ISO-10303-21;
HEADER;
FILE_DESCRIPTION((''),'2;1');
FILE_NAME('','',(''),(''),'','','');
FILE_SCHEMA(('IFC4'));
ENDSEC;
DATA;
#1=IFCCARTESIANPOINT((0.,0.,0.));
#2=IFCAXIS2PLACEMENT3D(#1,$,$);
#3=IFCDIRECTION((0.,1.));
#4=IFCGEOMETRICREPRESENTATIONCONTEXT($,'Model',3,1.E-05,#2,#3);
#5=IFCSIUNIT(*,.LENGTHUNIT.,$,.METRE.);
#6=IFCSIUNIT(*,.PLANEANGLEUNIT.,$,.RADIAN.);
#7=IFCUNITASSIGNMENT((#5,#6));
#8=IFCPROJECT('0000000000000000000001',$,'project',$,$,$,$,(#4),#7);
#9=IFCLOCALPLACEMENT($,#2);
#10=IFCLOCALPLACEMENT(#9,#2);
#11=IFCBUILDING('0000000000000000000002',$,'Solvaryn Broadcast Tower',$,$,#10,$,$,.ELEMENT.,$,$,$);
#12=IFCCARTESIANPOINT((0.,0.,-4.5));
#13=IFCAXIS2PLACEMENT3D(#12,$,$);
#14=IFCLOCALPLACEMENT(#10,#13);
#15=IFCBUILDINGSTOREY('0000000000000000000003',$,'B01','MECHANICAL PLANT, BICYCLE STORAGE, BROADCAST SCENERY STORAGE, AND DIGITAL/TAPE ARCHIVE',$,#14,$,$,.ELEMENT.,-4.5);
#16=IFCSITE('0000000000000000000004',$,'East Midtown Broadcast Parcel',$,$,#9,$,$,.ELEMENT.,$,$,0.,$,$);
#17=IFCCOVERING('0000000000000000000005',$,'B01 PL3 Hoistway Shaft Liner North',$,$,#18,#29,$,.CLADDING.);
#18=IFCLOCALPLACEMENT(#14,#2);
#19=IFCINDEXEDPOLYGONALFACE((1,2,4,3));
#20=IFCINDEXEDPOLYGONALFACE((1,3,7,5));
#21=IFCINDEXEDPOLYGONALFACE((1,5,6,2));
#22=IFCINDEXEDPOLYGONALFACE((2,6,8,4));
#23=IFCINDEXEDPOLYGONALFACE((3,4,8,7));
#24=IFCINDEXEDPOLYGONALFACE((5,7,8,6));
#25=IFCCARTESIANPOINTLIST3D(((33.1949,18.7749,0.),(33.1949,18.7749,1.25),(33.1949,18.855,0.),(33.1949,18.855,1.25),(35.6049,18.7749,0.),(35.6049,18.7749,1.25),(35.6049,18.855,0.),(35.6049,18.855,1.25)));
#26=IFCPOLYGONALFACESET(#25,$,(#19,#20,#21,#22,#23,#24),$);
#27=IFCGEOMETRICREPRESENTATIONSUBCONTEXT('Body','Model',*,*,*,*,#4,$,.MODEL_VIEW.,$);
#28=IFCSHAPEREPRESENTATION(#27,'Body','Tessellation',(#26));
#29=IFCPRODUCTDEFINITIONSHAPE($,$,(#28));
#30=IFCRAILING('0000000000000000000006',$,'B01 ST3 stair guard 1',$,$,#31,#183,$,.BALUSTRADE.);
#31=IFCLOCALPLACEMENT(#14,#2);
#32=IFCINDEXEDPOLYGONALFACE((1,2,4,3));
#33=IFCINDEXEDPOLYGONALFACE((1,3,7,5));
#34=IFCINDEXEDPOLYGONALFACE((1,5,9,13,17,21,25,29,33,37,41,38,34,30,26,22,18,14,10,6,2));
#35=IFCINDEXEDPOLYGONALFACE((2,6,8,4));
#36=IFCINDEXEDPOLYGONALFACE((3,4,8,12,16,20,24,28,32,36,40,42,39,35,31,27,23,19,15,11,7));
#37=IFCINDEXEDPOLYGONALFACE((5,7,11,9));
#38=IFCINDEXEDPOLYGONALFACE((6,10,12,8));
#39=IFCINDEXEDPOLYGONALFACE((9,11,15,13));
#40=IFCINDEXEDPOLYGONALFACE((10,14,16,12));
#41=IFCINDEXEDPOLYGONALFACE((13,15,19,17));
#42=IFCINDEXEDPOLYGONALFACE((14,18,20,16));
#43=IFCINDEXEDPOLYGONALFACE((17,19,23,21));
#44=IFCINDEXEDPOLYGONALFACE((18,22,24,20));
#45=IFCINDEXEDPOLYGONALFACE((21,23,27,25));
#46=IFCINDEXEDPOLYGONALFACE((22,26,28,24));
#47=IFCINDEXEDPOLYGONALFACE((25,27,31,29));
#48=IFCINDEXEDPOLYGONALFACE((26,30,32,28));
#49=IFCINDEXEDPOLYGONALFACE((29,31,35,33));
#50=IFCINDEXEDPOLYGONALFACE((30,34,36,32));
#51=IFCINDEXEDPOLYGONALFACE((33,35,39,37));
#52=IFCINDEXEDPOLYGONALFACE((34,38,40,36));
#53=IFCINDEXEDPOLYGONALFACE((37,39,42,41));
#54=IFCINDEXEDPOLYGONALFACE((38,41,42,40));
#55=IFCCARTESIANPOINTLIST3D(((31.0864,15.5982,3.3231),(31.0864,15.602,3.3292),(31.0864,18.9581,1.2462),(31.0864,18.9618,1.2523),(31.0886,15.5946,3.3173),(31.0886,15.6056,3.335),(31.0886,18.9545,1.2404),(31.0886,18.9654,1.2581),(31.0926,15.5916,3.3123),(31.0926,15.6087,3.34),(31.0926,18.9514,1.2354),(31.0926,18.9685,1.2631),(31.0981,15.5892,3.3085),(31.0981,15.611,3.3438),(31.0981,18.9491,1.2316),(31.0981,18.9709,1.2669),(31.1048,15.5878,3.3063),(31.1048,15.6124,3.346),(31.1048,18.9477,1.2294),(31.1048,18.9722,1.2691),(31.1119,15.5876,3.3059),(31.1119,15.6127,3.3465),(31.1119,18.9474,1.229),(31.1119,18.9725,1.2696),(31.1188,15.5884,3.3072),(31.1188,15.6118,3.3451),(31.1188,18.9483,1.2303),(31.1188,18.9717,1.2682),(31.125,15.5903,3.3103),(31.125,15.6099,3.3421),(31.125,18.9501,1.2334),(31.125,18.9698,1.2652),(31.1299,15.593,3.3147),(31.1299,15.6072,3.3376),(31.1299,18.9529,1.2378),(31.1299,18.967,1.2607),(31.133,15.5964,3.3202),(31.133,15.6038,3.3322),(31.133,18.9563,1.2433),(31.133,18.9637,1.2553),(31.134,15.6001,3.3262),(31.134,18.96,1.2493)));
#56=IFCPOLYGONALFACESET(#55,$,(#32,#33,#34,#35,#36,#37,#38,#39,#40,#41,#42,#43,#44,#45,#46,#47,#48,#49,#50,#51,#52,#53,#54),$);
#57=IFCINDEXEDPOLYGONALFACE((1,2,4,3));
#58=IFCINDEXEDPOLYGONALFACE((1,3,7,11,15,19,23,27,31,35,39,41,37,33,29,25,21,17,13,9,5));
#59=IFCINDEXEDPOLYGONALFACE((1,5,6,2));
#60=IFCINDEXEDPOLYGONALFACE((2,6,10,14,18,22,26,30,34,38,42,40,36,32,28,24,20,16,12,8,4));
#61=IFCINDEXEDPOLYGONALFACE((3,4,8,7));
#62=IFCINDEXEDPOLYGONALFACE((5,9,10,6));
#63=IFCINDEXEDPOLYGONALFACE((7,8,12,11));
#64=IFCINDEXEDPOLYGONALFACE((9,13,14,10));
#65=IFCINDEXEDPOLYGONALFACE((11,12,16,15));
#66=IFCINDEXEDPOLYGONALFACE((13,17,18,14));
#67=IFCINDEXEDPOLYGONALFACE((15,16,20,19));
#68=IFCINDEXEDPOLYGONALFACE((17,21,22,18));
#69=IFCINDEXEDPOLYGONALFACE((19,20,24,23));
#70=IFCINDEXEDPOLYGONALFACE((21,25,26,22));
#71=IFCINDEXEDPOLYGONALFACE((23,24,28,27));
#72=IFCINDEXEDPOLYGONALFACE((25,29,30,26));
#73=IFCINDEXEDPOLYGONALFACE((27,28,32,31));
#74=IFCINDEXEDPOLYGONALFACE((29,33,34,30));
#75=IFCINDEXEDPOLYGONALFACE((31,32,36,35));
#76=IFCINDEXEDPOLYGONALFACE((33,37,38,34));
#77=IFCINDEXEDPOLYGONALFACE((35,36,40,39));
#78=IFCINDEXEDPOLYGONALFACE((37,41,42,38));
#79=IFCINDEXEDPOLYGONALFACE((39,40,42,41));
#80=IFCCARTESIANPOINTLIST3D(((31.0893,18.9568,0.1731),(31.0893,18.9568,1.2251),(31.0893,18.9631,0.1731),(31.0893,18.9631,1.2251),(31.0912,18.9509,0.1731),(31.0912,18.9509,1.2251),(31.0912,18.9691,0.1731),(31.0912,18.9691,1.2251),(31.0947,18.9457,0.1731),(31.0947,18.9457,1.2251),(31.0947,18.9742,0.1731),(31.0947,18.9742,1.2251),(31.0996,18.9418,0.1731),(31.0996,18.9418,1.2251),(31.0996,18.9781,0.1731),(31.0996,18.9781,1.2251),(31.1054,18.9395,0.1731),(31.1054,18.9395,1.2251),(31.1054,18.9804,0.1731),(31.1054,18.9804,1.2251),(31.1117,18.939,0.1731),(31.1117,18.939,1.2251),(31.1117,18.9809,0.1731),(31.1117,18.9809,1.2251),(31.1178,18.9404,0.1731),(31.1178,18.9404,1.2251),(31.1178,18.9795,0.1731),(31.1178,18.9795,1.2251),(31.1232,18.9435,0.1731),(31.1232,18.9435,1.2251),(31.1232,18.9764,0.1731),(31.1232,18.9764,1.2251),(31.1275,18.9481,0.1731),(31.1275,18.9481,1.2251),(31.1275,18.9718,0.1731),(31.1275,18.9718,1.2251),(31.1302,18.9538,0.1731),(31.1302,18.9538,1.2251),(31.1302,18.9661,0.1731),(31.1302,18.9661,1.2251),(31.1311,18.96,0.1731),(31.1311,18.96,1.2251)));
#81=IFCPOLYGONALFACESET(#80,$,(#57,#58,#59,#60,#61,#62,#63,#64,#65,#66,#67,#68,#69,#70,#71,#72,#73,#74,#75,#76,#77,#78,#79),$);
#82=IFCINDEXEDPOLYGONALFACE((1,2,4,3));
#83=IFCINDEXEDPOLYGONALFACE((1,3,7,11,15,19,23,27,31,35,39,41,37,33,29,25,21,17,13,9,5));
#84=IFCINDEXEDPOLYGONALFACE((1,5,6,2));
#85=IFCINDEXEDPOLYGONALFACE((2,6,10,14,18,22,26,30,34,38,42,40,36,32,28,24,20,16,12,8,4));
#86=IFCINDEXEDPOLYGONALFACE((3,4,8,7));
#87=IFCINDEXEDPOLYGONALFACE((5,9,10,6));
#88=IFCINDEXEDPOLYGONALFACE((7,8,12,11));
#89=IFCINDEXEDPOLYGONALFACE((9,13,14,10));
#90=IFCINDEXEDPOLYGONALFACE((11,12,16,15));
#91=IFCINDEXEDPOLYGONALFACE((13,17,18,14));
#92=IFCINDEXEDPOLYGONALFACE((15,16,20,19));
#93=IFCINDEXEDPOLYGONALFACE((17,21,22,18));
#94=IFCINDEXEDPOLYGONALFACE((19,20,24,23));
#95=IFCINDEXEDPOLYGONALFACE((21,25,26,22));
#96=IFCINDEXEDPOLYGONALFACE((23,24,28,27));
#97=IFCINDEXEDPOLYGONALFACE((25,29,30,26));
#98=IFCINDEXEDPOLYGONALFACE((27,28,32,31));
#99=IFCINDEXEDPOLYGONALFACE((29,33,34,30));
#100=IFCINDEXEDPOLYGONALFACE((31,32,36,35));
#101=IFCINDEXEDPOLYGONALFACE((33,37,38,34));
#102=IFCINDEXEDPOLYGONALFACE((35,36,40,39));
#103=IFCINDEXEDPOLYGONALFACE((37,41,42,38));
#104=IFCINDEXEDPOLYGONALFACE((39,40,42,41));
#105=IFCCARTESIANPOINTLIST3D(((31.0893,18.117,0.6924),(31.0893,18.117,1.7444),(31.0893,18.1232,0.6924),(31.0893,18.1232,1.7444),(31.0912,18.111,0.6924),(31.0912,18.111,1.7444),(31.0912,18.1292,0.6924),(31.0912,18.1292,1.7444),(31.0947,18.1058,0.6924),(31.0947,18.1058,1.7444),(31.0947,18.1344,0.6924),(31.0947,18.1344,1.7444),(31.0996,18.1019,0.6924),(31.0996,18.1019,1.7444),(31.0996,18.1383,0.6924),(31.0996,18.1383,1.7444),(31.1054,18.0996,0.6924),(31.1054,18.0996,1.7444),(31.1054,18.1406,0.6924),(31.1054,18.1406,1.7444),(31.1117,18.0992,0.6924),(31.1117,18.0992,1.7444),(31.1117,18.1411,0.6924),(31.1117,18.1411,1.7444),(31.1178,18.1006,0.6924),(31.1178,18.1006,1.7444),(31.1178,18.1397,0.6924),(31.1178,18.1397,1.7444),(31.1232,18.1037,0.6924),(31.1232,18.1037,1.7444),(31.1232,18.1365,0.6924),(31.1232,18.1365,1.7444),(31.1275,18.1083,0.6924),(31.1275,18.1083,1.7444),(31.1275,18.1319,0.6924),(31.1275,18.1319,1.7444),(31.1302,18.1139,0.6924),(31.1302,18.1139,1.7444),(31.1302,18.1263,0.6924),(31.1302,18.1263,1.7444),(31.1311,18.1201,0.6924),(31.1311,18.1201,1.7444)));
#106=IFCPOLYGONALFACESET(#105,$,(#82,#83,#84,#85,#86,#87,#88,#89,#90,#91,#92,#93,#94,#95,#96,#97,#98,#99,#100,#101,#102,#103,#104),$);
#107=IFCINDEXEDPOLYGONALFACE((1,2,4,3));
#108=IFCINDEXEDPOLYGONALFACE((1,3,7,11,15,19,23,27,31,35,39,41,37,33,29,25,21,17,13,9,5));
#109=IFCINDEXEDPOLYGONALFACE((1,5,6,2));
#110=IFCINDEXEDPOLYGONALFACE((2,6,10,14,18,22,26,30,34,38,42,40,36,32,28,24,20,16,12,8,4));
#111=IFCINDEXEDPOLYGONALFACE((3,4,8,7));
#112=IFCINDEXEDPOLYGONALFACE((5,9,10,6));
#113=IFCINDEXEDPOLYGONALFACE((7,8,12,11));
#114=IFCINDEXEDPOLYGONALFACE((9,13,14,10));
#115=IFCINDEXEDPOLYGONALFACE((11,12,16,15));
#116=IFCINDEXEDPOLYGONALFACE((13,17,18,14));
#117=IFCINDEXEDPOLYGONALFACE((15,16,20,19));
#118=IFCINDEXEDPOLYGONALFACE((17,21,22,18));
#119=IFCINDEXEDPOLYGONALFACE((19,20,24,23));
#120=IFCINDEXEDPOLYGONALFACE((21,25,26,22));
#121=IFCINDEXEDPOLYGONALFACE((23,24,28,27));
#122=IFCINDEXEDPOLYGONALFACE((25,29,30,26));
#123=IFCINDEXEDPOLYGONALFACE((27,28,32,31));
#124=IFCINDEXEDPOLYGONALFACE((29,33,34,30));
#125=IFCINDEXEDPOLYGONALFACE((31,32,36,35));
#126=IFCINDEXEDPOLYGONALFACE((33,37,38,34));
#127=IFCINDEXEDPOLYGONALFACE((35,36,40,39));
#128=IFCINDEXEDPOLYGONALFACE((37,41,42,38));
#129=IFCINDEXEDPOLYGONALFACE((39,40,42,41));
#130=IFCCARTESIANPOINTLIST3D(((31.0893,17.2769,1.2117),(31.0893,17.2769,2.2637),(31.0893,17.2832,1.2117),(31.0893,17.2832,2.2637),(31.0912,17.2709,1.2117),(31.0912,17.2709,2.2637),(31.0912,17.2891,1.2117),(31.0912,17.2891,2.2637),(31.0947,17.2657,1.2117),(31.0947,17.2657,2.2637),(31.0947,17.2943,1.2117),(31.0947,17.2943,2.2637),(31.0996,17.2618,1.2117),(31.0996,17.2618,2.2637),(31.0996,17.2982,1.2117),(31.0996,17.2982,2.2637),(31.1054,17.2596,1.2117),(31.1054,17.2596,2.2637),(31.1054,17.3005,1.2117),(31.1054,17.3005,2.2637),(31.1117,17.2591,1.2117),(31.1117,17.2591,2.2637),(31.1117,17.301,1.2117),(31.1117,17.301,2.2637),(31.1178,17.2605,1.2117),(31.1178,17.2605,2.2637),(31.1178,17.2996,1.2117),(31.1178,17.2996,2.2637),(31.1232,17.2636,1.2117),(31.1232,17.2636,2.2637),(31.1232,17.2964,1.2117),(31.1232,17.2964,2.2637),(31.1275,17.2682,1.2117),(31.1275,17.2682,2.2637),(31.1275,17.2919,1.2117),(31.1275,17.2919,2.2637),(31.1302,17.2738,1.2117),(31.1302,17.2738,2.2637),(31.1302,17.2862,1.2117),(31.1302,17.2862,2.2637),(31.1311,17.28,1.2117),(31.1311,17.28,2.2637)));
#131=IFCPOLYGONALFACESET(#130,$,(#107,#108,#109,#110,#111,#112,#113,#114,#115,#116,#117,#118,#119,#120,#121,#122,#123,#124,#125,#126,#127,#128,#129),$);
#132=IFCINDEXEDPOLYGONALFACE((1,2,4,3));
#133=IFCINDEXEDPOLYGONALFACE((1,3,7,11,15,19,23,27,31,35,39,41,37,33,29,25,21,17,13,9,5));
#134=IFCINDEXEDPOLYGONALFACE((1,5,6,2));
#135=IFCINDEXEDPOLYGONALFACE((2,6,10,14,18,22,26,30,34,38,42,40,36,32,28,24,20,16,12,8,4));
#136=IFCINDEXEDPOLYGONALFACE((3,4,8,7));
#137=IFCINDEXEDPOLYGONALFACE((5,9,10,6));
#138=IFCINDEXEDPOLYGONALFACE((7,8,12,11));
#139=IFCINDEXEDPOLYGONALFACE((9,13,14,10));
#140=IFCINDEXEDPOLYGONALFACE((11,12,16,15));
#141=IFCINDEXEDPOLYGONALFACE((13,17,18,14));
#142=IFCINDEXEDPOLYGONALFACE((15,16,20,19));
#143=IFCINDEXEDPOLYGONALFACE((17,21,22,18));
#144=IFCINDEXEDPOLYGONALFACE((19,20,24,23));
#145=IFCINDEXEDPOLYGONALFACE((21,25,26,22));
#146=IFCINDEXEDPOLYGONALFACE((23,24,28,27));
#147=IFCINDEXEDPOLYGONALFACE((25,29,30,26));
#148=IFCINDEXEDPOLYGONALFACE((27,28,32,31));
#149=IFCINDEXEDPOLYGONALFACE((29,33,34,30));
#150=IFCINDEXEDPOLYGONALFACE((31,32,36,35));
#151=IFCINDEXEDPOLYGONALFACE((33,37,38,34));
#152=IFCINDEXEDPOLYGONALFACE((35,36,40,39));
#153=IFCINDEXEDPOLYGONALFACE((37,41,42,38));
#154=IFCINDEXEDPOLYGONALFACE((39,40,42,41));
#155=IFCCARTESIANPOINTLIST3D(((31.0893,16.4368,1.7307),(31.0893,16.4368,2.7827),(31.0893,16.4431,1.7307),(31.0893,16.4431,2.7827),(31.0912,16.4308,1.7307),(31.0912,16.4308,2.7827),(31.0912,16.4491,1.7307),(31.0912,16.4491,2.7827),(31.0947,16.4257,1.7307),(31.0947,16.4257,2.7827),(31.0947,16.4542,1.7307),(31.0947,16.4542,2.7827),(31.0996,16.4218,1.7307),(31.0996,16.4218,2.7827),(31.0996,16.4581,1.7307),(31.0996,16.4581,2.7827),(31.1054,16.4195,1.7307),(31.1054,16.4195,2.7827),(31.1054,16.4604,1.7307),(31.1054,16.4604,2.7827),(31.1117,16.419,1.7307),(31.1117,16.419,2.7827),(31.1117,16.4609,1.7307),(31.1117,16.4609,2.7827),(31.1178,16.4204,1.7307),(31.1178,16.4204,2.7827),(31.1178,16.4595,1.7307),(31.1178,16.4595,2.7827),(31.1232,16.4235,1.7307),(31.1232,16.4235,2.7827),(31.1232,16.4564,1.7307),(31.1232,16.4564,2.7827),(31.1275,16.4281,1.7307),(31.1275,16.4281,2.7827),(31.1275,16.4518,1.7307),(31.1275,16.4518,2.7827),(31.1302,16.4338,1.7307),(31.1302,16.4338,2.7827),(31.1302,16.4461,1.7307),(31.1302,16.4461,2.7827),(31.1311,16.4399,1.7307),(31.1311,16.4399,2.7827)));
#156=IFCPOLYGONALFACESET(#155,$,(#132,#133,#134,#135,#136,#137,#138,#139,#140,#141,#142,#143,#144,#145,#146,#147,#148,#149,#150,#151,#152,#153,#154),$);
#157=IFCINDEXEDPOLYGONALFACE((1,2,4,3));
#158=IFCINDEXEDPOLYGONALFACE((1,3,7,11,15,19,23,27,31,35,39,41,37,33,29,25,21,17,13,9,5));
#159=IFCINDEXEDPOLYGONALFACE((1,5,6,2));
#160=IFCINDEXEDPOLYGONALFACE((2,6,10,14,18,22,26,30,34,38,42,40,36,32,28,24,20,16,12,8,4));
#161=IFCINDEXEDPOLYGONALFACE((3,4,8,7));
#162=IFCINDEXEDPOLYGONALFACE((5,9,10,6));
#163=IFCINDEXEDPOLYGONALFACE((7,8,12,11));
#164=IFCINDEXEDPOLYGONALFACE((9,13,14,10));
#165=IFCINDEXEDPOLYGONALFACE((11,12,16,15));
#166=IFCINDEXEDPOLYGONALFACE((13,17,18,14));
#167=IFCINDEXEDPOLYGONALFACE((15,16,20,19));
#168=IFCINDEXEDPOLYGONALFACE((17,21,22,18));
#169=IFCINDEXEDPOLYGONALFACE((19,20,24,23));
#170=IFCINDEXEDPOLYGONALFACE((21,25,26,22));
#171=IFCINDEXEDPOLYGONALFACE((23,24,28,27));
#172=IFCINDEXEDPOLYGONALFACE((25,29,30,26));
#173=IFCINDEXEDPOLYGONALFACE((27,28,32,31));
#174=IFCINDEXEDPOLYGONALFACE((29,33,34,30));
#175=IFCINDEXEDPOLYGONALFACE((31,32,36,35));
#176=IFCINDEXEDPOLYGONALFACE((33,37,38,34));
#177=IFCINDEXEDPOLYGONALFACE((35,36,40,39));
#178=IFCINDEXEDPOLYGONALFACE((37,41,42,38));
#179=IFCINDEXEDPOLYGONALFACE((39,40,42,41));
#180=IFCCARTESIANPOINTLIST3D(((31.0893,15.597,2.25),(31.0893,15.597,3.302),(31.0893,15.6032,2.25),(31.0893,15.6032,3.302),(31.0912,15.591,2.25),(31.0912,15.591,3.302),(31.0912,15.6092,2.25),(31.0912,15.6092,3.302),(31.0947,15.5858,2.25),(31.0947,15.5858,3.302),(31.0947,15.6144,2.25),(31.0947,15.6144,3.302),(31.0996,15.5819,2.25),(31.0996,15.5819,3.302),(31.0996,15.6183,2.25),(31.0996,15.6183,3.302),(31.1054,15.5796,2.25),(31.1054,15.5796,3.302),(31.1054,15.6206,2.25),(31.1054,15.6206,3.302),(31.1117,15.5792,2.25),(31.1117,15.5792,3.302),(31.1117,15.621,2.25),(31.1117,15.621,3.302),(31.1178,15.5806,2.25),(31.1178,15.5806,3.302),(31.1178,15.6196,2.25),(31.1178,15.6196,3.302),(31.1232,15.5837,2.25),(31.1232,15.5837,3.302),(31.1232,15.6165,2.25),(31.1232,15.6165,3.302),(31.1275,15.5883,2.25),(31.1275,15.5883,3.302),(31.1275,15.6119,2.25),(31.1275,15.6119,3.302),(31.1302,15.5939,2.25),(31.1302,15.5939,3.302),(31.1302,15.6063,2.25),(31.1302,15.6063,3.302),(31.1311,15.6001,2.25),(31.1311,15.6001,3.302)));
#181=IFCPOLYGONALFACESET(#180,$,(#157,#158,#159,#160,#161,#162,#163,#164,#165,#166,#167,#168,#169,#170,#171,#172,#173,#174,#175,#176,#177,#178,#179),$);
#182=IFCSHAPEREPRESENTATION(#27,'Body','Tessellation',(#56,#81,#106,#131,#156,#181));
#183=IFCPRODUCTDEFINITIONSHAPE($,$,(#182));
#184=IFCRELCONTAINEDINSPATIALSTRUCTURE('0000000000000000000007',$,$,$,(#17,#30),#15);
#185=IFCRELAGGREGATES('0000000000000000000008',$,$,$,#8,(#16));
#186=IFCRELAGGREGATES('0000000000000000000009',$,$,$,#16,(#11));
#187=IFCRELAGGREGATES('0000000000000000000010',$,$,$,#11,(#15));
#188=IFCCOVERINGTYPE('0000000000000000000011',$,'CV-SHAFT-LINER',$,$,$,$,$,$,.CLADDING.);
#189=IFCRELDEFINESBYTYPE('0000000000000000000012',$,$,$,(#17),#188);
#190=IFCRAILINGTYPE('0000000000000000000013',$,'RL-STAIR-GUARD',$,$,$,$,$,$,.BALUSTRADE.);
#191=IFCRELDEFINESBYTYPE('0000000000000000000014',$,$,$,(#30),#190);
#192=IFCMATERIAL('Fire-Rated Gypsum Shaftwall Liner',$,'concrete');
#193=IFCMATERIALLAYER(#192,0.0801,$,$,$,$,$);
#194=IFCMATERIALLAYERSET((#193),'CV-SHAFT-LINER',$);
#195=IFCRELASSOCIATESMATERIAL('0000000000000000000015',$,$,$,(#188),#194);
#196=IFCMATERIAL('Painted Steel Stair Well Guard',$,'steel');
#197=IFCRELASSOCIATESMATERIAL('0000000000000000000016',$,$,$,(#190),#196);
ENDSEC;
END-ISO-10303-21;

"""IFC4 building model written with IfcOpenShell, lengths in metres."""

from ifc_helpers import new_model, si_unit, direction, frame, origin, origin_2d, place, context, subcontext, project, spatial, rectangle, circle, extrude, material, layer, layer_set, type_object, element, save


model = new_model("IFC4")

# Units and contexts
model_context = context("Model", 3, precision=1e-05, world=origin(), true_north=direction((0.0, 1.0)))
body_context = subcontext(model_context, "Body", "Model", "MODEL_VIEW")
ifc_project = project(units=[si_unit("LENGTHUNIT", "METRE"), si_unit("PLANEANGLEUNIT", "RADIAN")], contexts=[model_context])

# Site, building, storey
site_placement = place(None, origin())
site = spatial("IfcSite", under=ifc_project, at=site_placement, Name="East Midtown Broadcast Parcel", CompositionType="ELEMENT", RefElevation=0.0)
building_placement = place(site_placement, origin())
building = spatial("IfcBuilding", under=site, at=building_placement, Name="Solvaryn Broadcast Tower", CompositionType="ELEMENT")
storey_placement = place(building_placement, frame((0.0, 0.0, -4.5)))
storey = spatial("IfcBuildingStorey", under=building, at=storey_placement, Name="B01", Description="MECHANICAL PLANT, BICYCLE STORAGE, BROADCAST SCENERY STORAGE, AND DIGITAL/TAPE ARCHIVE", CompositionType="ELEMENT", Elevation=-4.5)

# Covering
ifc_material_1 = material(Name="Fire-Rated Gypsum Shaftwall Liner", Category="concrete")
ifc_layer_1 = layer(ifc_material_1, 0.0801)
ifc_layer_set_1 = layer_set([ifc_layer_1], Name="CV-SHAFT-LINER")
covering_type = type_object("IfcCoveringType", Name="CV-SHAFT-LINER", PredefinedType="CLADDING", material=ifc_layer_set_1)
covering_placement = place(storey_placement, frame((34.3999, 18.8149, 0.0), z_axis=(0.0, 0.0, 1.0), x_axis=(1.0, 0.0, 0.0)))
element("IfcCovering", 1, at=covering_placement, inside=storey, type_object=covering_type, Name="B01 PL3 Hoistway Shaft Liner North", PredefinedType="CLADDING", context=body_context, shape_type="SweptSolid", body=[
    extrude(rectangle(XDim=2.4099, YDim=0.0801, at=origin_2d()), origin(), (0.0, 0.0, 1.0), 1.25),
])

# Railing
ifc_material_2 = material(Name="Painted Steel Stair Well Guard", Category="steel")
railing_type_1 = type_object("IfcRailingType", Name="RL-STAIR-GUARD", PredefinedType="BALUSTRADE", material=ifc_material_2)
railing_1_placement = place(storey_placement, frame((31.1101, 18.96, 0.1731)))
element("IfcRailing", 2, at=railing_1_placement, inside=storey, type_object=railing_type_1, Name="B01 ST3 stair guard 1", PredefinedType="BALUSTRADE", context=body_context, shape_type="SweptSolid", body=[
    extrude(circle(Radius=0.0239, at=origin_2d()), frame((0.0, 0.0, 1.0762), z_axis=(0.0, -0.850606, 0.525803), x_axis=(1.0, 0.0, 0.0)), (0.0, 0.0, 1.0), 3.95),
    extrude(circle(Radius=0.021, at=origin_2d()), origin(), (0.0, 0.0, 1.0), 1.052),
    extrude(circle(Radius=0.021, at=origin_2d()), frame((0.0, -0.8398, 0.5193)), (0.0, 0.0, 1.0), 1.052),
    extrude(circle(Radius=0.021, at=origin_2d()), frame((0.0, -1.6799, 1.0386)), (0.0, 0.0, 1.0), 1.052),
    extrude(circle(Radius=0.021, at=origin_2d()), frame((0.0, -2.52, 1.5576)), (0.0, 0.0, 1.0), 1.052),
    extrude(circle(Radius=0.021, at=origin_2d()), frame((0.0, -3.3599, 2.0769)), (0.0, 0.0, 1.0), 1.052),
])

save(model, "model.ifc")
